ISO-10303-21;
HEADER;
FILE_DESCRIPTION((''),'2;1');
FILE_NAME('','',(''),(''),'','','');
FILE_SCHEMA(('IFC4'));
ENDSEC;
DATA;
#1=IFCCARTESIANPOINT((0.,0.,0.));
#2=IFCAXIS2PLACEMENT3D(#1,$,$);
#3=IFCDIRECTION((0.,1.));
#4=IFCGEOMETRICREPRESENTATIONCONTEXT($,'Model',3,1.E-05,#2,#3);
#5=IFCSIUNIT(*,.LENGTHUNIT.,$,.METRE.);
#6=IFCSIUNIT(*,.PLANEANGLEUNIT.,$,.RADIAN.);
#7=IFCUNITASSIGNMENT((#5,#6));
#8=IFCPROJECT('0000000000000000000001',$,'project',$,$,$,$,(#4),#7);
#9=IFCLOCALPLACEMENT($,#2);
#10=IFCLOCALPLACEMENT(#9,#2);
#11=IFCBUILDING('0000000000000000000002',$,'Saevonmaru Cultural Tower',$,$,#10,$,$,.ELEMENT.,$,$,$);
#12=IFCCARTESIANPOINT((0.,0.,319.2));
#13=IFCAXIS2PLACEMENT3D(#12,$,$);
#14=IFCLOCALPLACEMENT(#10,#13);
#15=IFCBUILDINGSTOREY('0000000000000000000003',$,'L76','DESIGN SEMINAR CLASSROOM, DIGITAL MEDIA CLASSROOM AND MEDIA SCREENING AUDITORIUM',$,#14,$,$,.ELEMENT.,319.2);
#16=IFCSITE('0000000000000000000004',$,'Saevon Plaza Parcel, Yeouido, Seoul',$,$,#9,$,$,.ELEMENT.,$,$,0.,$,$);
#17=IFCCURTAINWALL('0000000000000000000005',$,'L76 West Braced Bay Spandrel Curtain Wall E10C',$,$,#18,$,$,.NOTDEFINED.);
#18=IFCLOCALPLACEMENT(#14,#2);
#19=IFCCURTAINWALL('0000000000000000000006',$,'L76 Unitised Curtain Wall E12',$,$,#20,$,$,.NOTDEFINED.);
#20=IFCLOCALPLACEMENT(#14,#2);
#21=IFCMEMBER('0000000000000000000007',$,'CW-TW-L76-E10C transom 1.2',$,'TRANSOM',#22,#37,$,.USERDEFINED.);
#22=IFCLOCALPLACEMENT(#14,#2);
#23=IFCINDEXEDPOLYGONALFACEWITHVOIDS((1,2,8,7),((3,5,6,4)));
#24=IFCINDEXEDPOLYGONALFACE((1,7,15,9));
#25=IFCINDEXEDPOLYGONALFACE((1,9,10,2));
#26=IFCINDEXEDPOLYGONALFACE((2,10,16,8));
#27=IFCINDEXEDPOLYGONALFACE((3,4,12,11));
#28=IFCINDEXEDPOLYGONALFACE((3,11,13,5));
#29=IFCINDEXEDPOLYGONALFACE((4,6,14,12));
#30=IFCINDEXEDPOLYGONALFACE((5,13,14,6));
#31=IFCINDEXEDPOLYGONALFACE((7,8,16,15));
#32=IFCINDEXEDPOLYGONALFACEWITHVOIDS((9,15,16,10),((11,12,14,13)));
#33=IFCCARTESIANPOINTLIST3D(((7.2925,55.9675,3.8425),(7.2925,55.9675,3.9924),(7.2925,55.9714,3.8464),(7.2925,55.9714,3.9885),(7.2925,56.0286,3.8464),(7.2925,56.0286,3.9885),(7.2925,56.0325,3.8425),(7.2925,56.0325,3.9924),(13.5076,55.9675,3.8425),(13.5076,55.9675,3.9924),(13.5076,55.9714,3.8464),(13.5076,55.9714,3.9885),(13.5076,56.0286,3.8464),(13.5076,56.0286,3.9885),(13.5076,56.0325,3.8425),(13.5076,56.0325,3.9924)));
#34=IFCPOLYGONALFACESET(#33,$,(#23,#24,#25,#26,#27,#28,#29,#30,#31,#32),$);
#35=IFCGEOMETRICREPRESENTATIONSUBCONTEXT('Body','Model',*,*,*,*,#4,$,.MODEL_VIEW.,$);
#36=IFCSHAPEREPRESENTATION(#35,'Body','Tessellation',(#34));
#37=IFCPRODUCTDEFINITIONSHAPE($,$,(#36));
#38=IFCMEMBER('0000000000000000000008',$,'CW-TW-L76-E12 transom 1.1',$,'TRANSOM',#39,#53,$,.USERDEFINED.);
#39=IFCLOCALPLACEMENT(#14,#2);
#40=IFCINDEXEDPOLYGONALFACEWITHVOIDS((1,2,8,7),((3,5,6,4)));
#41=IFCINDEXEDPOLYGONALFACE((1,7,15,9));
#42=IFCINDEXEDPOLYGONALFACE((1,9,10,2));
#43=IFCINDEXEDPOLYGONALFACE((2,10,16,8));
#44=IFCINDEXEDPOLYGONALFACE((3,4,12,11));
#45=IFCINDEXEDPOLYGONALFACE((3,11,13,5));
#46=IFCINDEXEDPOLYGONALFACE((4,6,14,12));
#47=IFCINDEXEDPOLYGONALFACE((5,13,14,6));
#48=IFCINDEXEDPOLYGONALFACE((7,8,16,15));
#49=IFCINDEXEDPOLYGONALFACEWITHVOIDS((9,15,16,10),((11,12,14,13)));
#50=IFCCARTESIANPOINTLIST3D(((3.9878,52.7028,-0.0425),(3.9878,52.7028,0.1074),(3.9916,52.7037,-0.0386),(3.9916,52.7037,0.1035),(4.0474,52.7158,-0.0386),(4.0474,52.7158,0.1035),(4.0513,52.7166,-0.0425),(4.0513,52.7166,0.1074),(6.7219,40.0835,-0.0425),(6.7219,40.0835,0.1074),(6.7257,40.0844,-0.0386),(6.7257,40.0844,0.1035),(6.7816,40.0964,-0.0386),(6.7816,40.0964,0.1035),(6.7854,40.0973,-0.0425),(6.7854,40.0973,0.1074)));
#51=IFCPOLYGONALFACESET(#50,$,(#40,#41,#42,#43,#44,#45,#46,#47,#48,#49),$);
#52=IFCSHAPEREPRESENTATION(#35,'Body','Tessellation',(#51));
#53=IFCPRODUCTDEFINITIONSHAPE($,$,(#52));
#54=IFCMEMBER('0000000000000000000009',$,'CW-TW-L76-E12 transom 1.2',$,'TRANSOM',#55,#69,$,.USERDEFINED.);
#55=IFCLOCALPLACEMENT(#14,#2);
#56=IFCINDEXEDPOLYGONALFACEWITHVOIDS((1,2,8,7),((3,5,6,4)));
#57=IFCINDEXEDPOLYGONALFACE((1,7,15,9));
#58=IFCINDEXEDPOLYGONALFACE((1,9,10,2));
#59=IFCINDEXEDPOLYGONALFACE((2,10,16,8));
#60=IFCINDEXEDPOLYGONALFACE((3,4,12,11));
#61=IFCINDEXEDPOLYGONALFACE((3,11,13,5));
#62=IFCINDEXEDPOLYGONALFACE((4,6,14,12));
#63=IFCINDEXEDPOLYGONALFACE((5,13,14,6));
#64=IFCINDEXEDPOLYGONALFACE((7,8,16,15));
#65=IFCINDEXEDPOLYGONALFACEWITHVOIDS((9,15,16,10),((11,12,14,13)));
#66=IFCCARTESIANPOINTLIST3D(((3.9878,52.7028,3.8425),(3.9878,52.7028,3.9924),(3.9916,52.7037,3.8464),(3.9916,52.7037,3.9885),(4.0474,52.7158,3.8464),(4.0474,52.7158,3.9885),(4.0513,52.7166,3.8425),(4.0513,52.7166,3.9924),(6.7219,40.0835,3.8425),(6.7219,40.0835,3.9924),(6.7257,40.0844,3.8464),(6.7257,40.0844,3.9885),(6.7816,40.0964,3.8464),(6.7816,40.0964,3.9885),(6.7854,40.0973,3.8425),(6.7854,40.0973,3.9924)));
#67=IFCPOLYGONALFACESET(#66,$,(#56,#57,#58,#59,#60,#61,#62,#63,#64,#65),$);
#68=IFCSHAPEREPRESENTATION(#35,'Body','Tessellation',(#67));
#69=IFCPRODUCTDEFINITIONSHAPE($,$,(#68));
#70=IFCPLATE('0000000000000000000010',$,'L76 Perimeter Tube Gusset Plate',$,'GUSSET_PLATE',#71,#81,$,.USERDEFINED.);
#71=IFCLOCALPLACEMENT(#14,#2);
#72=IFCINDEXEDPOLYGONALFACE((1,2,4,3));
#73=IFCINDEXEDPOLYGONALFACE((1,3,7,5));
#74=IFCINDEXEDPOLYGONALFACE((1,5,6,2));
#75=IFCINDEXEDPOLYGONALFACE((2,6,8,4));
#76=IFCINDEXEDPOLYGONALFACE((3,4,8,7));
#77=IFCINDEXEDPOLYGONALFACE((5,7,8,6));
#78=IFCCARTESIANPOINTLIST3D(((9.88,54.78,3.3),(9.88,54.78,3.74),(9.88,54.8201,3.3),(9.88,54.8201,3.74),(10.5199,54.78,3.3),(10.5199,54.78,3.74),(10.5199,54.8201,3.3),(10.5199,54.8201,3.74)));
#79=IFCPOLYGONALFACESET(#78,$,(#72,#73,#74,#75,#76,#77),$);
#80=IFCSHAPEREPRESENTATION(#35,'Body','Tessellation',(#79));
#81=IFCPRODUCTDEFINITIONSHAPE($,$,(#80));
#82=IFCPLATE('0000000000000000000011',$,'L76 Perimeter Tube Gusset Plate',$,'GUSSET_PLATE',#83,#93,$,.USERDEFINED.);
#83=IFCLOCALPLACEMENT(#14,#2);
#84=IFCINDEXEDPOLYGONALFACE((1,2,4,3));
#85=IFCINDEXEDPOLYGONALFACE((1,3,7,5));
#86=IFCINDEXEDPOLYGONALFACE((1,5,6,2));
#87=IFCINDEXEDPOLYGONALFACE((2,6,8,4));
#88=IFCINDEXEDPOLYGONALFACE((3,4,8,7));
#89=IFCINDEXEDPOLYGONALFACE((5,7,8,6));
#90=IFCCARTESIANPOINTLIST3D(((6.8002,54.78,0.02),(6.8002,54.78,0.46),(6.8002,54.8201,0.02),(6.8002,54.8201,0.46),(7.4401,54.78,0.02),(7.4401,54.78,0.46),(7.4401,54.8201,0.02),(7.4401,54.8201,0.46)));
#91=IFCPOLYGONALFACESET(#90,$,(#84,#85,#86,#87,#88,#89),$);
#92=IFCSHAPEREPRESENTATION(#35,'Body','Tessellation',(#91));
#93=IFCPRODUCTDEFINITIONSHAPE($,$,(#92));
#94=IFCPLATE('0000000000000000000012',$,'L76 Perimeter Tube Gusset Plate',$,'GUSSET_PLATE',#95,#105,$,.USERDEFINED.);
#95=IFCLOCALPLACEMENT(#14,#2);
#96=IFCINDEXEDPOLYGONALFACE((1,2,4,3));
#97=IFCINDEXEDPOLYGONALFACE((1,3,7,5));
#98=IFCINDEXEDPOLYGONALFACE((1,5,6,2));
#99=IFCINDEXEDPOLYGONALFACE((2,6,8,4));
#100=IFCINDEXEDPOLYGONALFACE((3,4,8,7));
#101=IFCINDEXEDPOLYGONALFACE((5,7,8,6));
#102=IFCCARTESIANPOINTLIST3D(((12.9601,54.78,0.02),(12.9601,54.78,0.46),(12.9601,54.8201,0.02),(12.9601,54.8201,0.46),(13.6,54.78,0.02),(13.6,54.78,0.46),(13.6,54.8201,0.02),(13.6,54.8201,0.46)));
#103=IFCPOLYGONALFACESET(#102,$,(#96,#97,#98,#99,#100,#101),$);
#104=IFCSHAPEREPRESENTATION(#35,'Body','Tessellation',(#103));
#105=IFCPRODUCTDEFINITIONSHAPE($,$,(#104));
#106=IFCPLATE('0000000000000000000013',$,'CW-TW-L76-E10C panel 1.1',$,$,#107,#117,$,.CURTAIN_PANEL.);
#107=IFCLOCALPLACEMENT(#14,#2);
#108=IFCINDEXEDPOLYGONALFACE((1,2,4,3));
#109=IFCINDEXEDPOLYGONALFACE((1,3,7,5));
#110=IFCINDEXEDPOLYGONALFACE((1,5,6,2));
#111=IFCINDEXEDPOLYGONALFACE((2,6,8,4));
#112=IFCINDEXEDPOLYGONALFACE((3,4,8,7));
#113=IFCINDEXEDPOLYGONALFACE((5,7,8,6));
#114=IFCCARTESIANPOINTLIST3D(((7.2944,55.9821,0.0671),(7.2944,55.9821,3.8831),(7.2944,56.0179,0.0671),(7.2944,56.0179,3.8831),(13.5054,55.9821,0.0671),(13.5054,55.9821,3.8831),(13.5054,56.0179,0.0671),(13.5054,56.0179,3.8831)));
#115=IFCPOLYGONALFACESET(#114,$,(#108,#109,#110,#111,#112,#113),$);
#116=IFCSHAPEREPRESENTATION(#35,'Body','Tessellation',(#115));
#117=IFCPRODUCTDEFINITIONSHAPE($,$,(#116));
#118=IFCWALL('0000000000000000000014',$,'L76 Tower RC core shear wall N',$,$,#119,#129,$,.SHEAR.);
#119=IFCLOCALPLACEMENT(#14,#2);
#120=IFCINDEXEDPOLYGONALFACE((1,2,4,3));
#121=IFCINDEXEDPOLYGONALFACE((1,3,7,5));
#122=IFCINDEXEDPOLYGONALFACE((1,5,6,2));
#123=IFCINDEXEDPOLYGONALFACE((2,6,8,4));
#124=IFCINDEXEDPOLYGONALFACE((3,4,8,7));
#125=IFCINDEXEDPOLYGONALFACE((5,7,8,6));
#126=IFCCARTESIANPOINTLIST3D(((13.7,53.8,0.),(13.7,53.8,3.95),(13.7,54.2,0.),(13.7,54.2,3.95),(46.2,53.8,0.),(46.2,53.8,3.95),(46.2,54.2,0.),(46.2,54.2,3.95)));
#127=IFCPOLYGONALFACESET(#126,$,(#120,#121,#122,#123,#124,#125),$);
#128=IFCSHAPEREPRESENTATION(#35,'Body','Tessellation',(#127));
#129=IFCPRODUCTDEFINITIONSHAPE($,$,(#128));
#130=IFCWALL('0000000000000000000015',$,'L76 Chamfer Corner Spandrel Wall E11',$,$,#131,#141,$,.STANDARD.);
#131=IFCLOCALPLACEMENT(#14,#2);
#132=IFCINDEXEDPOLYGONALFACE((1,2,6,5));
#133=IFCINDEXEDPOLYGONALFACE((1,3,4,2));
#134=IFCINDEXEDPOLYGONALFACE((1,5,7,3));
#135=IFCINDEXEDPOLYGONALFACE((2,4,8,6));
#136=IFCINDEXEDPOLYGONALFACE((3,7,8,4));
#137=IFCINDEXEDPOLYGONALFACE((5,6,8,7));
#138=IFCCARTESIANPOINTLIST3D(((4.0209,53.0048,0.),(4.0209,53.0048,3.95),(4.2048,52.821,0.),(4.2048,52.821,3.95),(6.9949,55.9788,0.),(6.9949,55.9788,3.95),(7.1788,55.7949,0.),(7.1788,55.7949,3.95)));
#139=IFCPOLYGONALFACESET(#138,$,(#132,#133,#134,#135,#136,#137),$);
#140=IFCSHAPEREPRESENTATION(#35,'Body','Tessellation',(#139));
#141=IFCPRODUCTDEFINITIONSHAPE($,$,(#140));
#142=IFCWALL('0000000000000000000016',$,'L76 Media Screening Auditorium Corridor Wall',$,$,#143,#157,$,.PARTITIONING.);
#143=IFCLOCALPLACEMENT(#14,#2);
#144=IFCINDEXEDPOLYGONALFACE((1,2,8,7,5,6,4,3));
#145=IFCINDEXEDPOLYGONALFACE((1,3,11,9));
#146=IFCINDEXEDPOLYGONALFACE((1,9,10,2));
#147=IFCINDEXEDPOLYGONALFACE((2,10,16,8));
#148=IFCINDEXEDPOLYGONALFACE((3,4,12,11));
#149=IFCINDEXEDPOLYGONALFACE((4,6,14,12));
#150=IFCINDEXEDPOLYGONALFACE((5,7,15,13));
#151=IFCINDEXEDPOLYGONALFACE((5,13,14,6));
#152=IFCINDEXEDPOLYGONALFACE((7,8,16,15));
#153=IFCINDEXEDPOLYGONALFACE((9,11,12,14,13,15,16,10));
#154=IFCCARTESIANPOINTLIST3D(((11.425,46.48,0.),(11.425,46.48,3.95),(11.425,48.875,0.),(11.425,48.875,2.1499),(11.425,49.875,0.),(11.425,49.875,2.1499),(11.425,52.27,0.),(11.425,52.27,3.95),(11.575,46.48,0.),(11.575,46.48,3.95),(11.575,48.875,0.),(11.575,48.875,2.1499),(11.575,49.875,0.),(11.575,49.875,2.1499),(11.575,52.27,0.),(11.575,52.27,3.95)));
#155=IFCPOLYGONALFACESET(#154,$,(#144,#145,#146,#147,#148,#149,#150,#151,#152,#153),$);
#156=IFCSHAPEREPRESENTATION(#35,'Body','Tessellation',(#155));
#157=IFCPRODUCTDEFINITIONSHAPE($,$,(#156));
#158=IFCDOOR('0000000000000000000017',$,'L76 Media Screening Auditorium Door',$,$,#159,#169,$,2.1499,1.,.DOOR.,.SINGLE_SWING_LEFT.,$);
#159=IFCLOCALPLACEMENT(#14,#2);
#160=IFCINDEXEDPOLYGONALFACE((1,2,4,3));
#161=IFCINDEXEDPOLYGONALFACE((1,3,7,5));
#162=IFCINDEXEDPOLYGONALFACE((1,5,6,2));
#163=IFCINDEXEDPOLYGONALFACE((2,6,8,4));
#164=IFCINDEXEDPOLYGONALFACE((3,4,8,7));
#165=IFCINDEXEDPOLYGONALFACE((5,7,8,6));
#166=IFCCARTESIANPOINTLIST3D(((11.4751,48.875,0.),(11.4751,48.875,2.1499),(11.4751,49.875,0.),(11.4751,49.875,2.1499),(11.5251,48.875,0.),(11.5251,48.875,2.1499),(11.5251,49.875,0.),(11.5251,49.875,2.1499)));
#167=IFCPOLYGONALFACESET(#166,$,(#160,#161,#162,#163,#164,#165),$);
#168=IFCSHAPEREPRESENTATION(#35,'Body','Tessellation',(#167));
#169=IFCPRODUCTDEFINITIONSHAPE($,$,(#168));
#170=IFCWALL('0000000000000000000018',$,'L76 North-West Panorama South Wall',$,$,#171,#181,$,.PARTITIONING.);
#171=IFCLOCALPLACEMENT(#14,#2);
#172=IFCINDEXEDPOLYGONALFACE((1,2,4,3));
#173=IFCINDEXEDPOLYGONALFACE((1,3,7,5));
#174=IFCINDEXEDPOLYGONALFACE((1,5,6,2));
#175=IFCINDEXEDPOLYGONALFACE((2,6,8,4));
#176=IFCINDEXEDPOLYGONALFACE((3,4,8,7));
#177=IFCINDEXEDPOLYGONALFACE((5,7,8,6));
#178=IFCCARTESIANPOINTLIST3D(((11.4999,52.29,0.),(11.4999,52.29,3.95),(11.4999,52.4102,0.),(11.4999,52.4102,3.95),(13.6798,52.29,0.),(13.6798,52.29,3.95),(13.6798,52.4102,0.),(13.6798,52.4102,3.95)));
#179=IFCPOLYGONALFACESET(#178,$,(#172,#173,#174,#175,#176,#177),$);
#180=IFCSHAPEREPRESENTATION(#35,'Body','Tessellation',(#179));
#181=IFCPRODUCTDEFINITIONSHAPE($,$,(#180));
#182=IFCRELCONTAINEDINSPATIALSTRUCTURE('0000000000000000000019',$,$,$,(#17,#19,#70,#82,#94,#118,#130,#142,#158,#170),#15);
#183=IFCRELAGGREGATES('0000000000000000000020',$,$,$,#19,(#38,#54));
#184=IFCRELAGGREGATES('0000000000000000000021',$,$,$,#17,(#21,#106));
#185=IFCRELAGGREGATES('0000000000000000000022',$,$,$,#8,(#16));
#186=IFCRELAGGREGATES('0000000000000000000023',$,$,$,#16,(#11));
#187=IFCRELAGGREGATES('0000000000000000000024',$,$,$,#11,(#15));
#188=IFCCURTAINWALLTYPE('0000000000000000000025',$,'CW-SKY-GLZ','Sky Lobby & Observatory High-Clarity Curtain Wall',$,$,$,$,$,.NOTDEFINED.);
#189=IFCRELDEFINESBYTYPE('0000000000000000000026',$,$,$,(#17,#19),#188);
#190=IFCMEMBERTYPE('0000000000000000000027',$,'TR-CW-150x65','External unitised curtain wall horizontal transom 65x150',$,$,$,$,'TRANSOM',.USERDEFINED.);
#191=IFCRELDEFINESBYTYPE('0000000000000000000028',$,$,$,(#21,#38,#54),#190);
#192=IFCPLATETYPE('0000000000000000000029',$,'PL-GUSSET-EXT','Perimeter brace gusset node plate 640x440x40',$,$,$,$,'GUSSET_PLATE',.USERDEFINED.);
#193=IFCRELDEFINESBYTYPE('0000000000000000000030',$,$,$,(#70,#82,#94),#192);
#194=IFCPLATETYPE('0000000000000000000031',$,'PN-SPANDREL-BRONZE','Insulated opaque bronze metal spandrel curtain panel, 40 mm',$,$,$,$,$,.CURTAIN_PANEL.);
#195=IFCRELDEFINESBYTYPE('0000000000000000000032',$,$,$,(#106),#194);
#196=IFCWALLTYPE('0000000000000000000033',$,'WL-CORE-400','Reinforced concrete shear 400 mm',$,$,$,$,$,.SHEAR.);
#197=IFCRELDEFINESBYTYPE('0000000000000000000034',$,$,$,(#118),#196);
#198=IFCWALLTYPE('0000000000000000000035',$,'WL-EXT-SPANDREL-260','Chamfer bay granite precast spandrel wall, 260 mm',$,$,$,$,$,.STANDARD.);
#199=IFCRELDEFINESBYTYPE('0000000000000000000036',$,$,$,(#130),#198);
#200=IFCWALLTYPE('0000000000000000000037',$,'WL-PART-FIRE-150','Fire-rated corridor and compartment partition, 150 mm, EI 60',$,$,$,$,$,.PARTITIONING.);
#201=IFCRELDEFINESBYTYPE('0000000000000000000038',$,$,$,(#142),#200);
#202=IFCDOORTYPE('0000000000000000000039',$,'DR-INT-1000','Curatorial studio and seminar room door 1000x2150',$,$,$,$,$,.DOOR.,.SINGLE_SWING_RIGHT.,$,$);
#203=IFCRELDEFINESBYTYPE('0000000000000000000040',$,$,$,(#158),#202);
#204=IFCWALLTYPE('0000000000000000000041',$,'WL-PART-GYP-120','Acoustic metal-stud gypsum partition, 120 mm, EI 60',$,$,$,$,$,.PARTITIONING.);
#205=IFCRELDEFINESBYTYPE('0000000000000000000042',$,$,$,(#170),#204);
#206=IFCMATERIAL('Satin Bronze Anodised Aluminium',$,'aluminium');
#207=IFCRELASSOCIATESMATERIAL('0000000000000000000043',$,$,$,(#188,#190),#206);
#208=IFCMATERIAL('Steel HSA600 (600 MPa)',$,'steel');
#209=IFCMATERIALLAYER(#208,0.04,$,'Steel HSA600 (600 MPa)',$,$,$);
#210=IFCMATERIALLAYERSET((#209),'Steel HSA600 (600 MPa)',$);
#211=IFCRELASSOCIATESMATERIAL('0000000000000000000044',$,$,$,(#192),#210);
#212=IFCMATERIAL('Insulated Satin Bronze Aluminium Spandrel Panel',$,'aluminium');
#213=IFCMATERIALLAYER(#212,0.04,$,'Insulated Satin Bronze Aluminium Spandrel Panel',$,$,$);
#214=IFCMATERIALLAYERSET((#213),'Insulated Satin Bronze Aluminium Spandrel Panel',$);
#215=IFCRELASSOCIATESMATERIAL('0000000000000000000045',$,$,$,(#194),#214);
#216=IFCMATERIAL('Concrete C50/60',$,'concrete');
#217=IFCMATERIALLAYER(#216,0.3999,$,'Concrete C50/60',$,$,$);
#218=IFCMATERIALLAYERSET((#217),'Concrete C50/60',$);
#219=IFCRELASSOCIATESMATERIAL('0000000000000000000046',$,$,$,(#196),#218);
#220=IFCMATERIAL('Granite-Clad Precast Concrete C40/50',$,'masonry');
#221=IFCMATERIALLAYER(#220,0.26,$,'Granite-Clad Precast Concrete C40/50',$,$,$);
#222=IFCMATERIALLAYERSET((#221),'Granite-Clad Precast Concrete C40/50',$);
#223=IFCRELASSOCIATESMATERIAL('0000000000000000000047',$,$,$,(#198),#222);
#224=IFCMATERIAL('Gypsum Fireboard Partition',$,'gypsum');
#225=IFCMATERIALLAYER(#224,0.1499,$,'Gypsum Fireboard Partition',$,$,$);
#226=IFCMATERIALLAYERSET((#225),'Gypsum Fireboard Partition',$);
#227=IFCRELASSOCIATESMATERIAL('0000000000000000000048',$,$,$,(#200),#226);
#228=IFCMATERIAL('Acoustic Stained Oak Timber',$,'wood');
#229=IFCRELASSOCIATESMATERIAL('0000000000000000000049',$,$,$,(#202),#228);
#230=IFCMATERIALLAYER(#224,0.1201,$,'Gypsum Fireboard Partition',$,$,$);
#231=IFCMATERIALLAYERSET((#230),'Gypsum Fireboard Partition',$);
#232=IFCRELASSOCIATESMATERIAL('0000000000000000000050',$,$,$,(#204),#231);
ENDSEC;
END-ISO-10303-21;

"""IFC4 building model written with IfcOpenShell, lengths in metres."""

from ifc_helpers import new_model, si_unit, direction, frame, frame_2d, origin, origin_2d, place, context, subcontext, project, spatial, rectangle, hollow_rectangle, extrude, material, layer, layer_set, material_profile, profile_set, type_object, element, fill, aggregate, save


model = new_model("IFC4")

# Units and contexts
model_context = context("Model", 3, precision=1e-05, world=origin(), true_north=direction((0.0, 1.0)))
body_context = subcontext(model_context, "Body", "Model", "MODEL_VIEW")
ifc_project = project(units=[si_unit("LENGTHUNIT", "METRE"), si_unit("PLANEANGLEUNIT", "RADIAN")], contexts=[model_context])

# Site, building, storey
site_placement = place(None, origin())
site = spatial("IfcSite", under=ifc_project, at=site_placement, Name="Saevon Plaza Parcel, Yeouido, Seoul", CompositionType="ELEMENT", RefElevation=0.0)
building_placement = place(site_placement, origin())
building = spatial("IfcBuilding", under=site, at=building_placement, Name="Saevonmaru Cultural Tower", CompositionType="ELEMENT")
storey_placement = place(building_placement, frame((0.0, 0.0, 319.2)))
storey = spatial("IfcBuildingStorey", under=building, at=storey_placement, Name="L76", Description="DESIGN SEMINAR CLASSROOM, DIGITAL MEDIA CLASSROOM AND MEDIA SCREENING AUDITORIUM", CompositionType="ELEMENT", Elevation=319.2)

# Shared definitions
ifc_material_1 = material(Name="Satin Bronze Anodised Aluminium", Category="aluminium")
curtain_wall_type = type_object("IfcCurtainWallType", Name="CW-SKY-GLZ", Description="Sky Lobby & Observatory High-Clarity Curtain Wall", PredefinedType="NOTDEFINED", material=ifc_material_1)

# Curtain wall
curtain_wall_1_placement = place(storey_placement, origin())
curtain_wall_1 = element("IfcCurtainWall", 1, at=curtain_wall_1_placement, inside=storey, type_object=curtain_wall_type, Name="L76 West Braced Bay Spandrel Curtain Wall E10C", PredefinedType="NOTDEFINED")

# Curtain wall
curtain_wall_2_placement = place(storey_placement, origin())
curtain_wall_2 = element("IfcCurtainWall", 2, at=curtain_wall_2_placement, inside=storey, type_object=curtain_wall_type, Name="L76 Unitised Curtain Wall E12", PredefinedType="NOTDEFINED")

# Members
ifc_material_profile_1 = material_profile(ifc_material_1, hollow_rectangle(XDim=0.0649, YDim=0.1499, WallThickness=0.0039, at=origin_2d()), Name="ALU-TRAN-150x65x4")
ifc_profile_set_1 = profile_set([ifc_material_profile_1], Name="Satin Bronze Anodised Aluminium")
member_type_1 = type_object("IfcMemberType", Name="TR-CW-150x65", Description="External unitised curtain wall horizontal transom 65x150", ElementType="TRANSOM", PredefinedType="USERDEFINED", material=ifc_profile_set_1)
member_1_placement = place(storey_placement, frame((13.5076, 56.0, 3.9175), z_axis=(-1.0, 0.0, 0.0), x_axis=(0.0, -1.0, 0.0)))
member_1 = element("IfcMember", 3, at=member_1_placement, type_object=member_type_1, Name="CW-TW-L76-E10C transom 1.2", ObjectType="TRANSOM", PredefinedType="USERDEFINED", context=body_context, shape_type="SweptSolid", body=[
    extrude(hollow_rectangle(XDim=0.0649, YDim=0.1499, WallThickness=0.0039, at=origin_2d()), origin(), (0.0, 0.0, 1.0), 6.2151),
])
member_2_placement = place(storey_placement, frame((4.0195, 52.7097, 0.0325), z_axis=(0.211748, -0.977324, 0.0), x_axis=(0.977324, 0.211748, 0.0)))
member_2 = element("IfcMember", 4, at=member_2_placement, type_object=member_type_1, Name="CW-TW-L76-E12 transom 1.1", ObjectType="TRANSOM", PredefinedType="USERDEFINED", context=body_context, shape_type="SweptSolid", body=[
    extrude(hollow_rectangle(XDim=0.0649, YDim=0.1499, WallThickness=0.0039, at=origin_2d()), origin(), (0.0, 0.0, 1.0), 12.9121),
])
member_3_placement = place(storey_placement, frame((4.0195, 52.7097, 3.9175), z_axis=(0.211748, -0.977324, 0.0), x_axis=(0.977324, 0.211748, 0.0)))
member_3 = element("IfcMember", 5, at=member_3_placement, type_object=member_type_1, Name="CW-TW-L76-E12 transom 1.2", ObjectType="TRANSOM", PredefinedType="USERDEFINED", context=body_context, shape_type="SweptSolid", body=[
    extrude(hollow_rectangle(XDim=0.0649, YDim=0.1499, WallThickness=0.0039, at=origin_2d()), origin(), (0.0, 0.0, 1.0), 12.9121),
])
aggregate(curtain_wall_2, [member_2, member_3])

# Plates
ifc_material_2 = material(Name="Steel HSA600 (600 MPa)", Category="steel")
ifc_layer_1 = layer(ifc_material_2, 0.04, Name="Steel HSA600 (600 MPa)")
ifc_layer_set_1 = layer_set([ifc_layer_1], Name="Steel HSA600 (600 MPa)")
plate_type_1 = type_object("IfcPlateType", Name="PL-GUSSET-EXT", Description="Perimeter brace gusset node plate 640x440x40", ElementType="GUSSET_PLATE", PredefinedType="USERDEFINED", material=ifc_layer_set_1)
for number, where, z_axis, x_axis, name in (
    (6, (10.2, 54.8, 3.3), (0.0, 0.0, 1.0), (1.0, 0.0, 0.0), "L76 Perimeter Tube Gusset Plate"),
    (7, (7.1201, 54.8, 0.02), (0.0, 0.0, 1.0), (1.0, 0.0, 0.0), "L76 Perimeter Tube Gusset Plate"),
    (8, (13.28, 54.8, 0.02), (0.0, 0.0, 1.0), (1.0, 0.0, 0.0), "L76 Perimeter Tube Gusset Plate"),
):
    element("IfcPlate", number, at=place(storey_placement, frame(where, z_axis=z_axis, x_axis=x_axis)), inside=storey, type_object=plate_type_1, Name=name, ObjectType="GUSSET_PLATE", PredefinedType="USERDEFINED", context=body_context, shape_type="SweptSolid", body=[
        extrude(rectangle(XDim=0.6399, YDim=0.04, at=origin_2d()), origin(), (0.0, 0.0, 1.0), 0.4399),
    ])

# Plate
ifc_material_3 = material(Name="Insulated Satin Bronze Aluminium Spandrel Panel", Category="aluminium")
ifc_layer_2 = layer(ifc_material_3, 0.04, Name="Insulated Satin Bronze Aluminium Spandrel Panel")
ifc_layer_set_2 = layer_set([ifc_layer_2], Name="Insulated Satin Bronze Aluminium Spandrel Panel")
plate_type_2 = type_object("IfcPlateType", Name="PN-SPANDREL-BRONZE", Description="Insulated opaque bronze metal spandrel curtain panel, 40 mm", PredefinedType="CURTAIN_PANEL", material=ifc_layer_set_2)
plate_placement = place(storey_placement, frame((10.3999, 56.0, 0.0671), z_axis=(0.0, 0.0, 1.0), x_axis=(-1.0, 0.0, 0.0)))
plate = element("IfcPlate", 9, at=plate_placement, type_object=plate_type_2, Name="CW-TW-L76-E10C panel 1.1", PredefinedType="CURTAIN_PANEL", context=body_context, shape_type="SweptSolid", body=[
    extrude(rectangle(XDim=6.2109, YDim=0.0359, at=origin_2d()), origin(), (0.0, 0.0, 1.0), 3.8159),
])
aggregate(curtain_wall_1, [member_1, plate])

# Walls
ifc_material_4 = material(Name="Concrete C50/60", Category="concrete")
ifc_layer_3 = layer(ifc_material_4, 0.3999, Name="Concrete C50/60")
ifc_layer_set_3 = layer_set([ifc_layer_3], Name="Concrete C50/60")
wall_type_1 = type_object("IfcWallType", Name="WL-CORE-400", Description="Reinforced concrete shear 400 mm", PredefinedType="SHEAR", material=ifc_layer_set_3)
wall_1_placement = place(storey_placement, frame((13.7, 54.0, 0.0), z_axis=(0.0, 0.0, 1.0), x_axis=(1.0, 0.0, 0.0)))
element("IfcWall", 10, at=wall_1_placement, inside=storey, type_object=wall_type_1, Name="L76 Tower RC core shear wall N", PredefinedType="SHEAR", context=body_context, shape_type="SweptSolid", body=[
    extrude(rectangle(XDim=32.5, YDim=0.3999, at=frame_2d((16.25, 0.0))), origin(), (0.0, 0.0, 1.0), 3.95),
])
ifc_material_5 = material(Name="Granite-Clad Precast Concrete C40/50", Category="masonry")
ifc_layer_4 = layer(ifc_material_5, 0.26, Name="Granite-Clad Precast Concrete C40/50")
ifc_layer_set_4 = layer_set([ifc_layer_4], Name="Granite-Clad Precast Concrete C40/50")
wall_type_2 = type_object("IfcWallType", Name="WL-EXT-SPANDREL-260", Description="Chamfer bay granite precast spandrel wall, 260 mm", PredefinedType="STANDARD", material=ifc_layer_set_4)
wall_2_placement = place(storey_placement, frame((7.0869, 55.887, 0.0), z_axis=(0.0, 0.0, 1.0), x_axis=(-0.707107, -0.707107, 0.0)))
element("IfcWall", 11, at=wall_2_placement, inside=storey, type_object=wall_type_2, Name="L76 Chamfer Corner Spandrel Wall E11", PredefinedType="STANDARD", context=body_context, shape_type="SweptSolid", body=[
    extrude(rectangle(XDim=4.2058, YDim=0.26, at=frame_2d((2.103, 0.0))), origin(), (0.0, 0.0, 1.0), 3.95),
])

# Wall, opening, door
ifc_material_6 = material(Name="Gypsum Fireboard Partition", Category="gypsum")
ifc_layer_5 = layer(ifc_material_6, 0.1499, Name="Gypsum Fireboard Partition")
ifc_layer_set_5 = layer_set([ifc_layer_5], Name="Gypsum Fireboard Partition")
wall_type_3 = type_object("IfcWallType", Name="WL-PART-FIRE-150", Description="Fire-rated corridor and compartment partition, 150 mm, EI 60", PredefinedType="PARTITIONING", material=ifc_layer_set_5)
ifc_material_7 = material(Name="Acoustic Stained Oak Timber", Category="wood")
door_type_1 = type_object("IfcDoorType", Name="DR-INT-1000", Description="Curatorial studio and seminar room door 1000x2150", OperationType="SINGLE_SWING_RIGHT", PredefinedType="DOOR", material=ifc_material_7)
wall_3_placement = place(storey_placement, frame((11.5, 46.48, 0.0), z_axis=(0.0, 0.0, 1.0), x_axis=(0.0, 1.0, 0.0)))
wall_3 = element("IfcWall", 12, at=wall_3_placement, inside=storey, type_object=wall_type_3, Name="L76 Media Screening Auditorium Corridor Wall", PredefinedType="PARTITIONING", context=body_context, shape_type="SweptSolid", body=[
    extrude(rectangle(XDim=5.79, YDim=0.1499, at=frame_2d((2.895, 0.0))), origin(), (0.0, 0.0, 1.0), 3.95),
])
opening_1_placement = place(wall_3_placement, frame((2.395, 0.0, 0.0)))
opening_1 = element("IfcOpeningElement", 13, at=opening_1_placement, cuts=wall_3, PredefinedType="OPENING", context=body_context, shape_type="SweptSolid", body=[
    extrude(rectangle(XDim=1.0, YDim=2.1499, at=frame_2d((0.5, 1.075))), frame((0.0, 0.085, 0.0), z_axis=(0.0, -1.0, 0.0), x_axis=(1.0, 0.0, 0.0)), (0.0, 0.0, 1.0), 0.1699),
])
door_1_placement = place(opening_1_placement, origin())
door_1 = element("IfcDoor", 14, at=door_1_placement, inside=storey, type_object=door_type_1, Name="L76 Media Screening Auditorium Door", OperationType="SINGLE_SWING_LEFT", OverallHeight=2.1499, OverallWidth=1.0, PredefinedType="DOOR", context=body_context, shape_type="SweptSolid", body=[
    extrude(rectangle(XDim=1.0, YDim=2.1499, at=frame_2d((0.5, 1.075))), frame((0.0, 0.0249, 0.0), z_axis=(0.0, -1.0, 0.0), x_axis=(1.0, 0.0, 0.0)), (0.0, 0.0, 1.0), 0.05),
])
fill(opening_1, door_1)

# Wall
ifc_layer_6 = layer(ifc_material_6, 0.1201, Name="Gypsum Fireboard Partition")
ifc_layer_set_6 = layer_set([ifc_layer_6], Name="Gypsum Fireboard Partition")
wall_type_4 = type_object("IfcWallType", Name="WL-PART-GYP-120", Description="Acoustic metal-stud gypsum partition, 120 mm, EI 60", PredefinedType="PARTITIONING", material=ifc_layer_set_6)
wall_4_placement = place(storey_placement, frame((11.5, 52.3501, 0.0), z_axis=(0.0, 0.0, 1.0), x_axis=(1.0, 0.0, 0.0)))
element("IfcWall", 15, at=wall_4_placement, inside=storey, type_object=wall_type_4, Name="L76 North-West Panorama South Wall", PredefinedType="PARTITIONING", context=body_context, shape_type="SweptSolid", body=[
    extrude(rectangle(XDim=2.1799, YDim=0.1201, at=frame_2d((1.0898, 0.0))), origin(), (0.0, 0.0, 1.0), 3.95),
])

save(model, "model.ifc")
